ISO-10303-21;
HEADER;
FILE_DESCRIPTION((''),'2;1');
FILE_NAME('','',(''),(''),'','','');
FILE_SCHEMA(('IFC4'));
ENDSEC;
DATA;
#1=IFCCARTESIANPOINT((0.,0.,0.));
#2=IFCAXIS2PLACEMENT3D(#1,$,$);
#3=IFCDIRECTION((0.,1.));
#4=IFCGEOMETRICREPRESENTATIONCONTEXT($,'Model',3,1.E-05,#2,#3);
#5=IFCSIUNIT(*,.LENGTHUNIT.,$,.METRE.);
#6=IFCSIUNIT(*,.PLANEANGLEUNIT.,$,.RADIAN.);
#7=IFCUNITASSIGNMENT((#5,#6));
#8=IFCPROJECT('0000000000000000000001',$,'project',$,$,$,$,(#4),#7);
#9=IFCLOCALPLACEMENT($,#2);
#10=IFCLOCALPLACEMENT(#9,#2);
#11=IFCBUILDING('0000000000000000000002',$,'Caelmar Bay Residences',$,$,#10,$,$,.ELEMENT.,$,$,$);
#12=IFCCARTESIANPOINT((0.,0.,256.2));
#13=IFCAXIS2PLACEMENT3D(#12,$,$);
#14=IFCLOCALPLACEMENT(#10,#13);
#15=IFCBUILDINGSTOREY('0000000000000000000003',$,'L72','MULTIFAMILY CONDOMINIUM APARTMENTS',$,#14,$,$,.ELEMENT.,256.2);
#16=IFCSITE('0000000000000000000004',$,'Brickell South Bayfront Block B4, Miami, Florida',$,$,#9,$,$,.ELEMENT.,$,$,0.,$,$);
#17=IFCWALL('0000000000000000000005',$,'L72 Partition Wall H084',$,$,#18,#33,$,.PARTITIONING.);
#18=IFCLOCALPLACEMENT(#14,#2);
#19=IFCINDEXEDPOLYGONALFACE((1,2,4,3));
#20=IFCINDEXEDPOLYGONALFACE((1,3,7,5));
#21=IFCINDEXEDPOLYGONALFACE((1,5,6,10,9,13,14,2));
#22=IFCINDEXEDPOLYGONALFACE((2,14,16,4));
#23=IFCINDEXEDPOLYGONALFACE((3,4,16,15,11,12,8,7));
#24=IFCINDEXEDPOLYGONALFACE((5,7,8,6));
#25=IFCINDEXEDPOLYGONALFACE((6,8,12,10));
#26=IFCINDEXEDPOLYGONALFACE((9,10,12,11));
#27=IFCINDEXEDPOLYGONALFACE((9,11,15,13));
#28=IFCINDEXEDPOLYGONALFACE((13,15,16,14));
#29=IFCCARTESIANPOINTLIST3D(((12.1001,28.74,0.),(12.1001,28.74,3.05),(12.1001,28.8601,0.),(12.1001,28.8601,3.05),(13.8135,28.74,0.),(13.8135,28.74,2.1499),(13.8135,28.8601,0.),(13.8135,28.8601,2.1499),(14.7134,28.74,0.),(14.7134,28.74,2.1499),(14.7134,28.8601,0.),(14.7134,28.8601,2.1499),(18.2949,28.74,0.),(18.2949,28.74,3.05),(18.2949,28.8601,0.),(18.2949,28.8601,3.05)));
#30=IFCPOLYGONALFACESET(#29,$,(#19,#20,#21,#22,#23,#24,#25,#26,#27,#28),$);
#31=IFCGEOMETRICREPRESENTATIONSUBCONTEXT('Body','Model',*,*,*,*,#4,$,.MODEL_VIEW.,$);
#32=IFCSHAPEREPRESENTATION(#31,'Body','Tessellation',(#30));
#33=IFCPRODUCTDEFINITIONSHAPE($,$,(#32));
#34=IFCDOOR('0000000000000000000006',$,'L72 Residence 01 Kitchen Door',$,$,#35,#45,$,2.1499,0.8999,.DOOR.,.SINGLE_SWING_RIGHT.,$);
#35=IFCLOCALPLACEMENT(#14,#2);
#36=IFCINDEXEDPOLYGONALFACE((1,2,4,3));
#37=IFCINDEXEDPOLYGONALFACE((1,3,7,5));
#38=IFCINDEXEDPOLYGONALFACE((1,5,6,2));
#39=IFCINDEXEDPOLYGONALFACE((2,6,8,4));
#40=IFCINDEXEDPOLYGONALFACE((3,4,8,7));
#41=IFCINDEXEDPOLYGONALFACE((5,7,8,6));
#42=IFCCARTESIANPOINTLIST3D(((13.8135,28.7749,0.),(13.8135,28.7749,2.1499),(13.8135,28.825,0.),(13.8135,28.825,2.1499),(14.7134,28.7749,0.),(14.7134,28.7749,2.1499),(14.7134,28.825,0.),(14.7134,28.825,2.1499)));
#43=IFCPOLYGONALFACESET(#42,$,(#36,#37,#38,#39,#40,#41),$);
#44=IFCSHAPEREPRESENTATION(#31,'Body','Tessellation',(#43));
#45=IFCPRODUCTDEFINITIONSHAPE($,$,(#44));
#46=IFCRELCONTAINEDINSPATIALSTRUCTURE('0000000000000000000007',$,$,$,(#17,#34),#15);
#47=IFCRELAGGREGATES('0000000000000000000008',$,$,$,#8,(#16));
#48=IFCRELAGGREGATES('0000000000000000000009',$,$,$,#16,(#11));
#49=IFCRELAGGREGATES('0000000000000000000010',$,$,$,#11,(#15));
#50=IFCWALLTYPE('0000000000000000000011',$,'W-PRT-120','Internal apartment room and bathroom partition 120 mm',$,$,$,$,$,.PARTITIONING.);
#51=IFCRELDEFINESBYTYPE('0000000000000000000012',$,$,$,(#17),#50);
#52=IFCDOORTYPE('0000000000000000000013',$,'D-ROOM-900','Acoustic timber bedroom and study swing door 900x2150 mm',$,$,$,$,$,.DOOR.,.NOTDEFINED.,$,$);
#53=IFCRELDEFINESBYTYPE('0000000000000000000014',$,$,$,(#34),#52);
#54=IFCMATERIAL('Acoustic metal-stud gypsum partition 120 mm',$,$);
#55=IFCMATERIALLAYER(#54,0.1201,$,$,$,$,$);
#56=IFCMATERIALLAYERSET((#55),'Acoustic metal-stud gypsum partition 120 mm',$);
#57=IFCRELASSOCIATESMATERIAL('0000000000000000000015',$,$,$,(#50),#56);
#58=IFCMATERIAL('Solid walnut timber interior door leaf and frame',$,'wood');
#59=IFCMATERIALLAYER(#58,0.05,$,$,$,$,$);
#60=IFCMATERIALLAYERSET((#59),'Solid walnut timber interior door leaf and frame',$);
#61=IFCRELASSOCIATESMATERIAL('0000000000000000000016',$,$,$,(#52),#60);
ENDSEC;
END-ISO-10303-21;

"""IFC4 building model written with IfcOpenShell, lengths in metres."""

from ifc_helpers import new_model, si_unit, direction, frame, frame_2d, origin, place, context, subcontext, project, spatial, rectangle, extrude, material, layer, layer_set, type_object, element, fill, save


model = new_model("IFC4")

# Units and contexts
model_context = context("Model", 3, precision=1e-05, world=origin(), true_north=direction((0.0, 1.0)))
body_context = subcontext(model_context, "Body", "Model", "MODEL_VIEW")
ifc_project = project(units=[si_unit("LENGTHUNIT", "METRE"), si_unit("PLANEANGLEUNIT", "RADIAN")], contexts=[model_context])

# Site, building, storey
site_placement = place(None, origin())
site = spatial("IfcSite", under=ifc_project, at=site_placement, Name="Brickell South Bayfront Block B4, Miami, Florida", CompositionType="ELEMENT", RefElevation=0.0)
building_placement = place(site_placement, origin())
building = spatial("IfcBuilding", under=site, at=building_placement, Name="Caelmar Bay Residences", CompositionType="ELEMENT")
storey_placement = place(building_placement, frame((0.0, 0.0, 256.2)))
storey = spatial("IfcBuildingStorey", under=building, at=storey_placement, Name="L72", Description="MULTIFAMILY CONDOMINIUM APARTMENTS", CompositionType="ELEMENT", Elevation=256.2)

# Shared definitions
ifc_material_1 = material(Name="Acoustic metal-stud gypsum partition 120 mm")
ifc_layer_1 = layer(ifc_material_1, 0.1201)
ifc_layer_set_1 = layer_set([ifc_layer_1], Name="Acoustic metal-stud gypsum partition 120 mm")
wall_type = type_object("IfcWallType", Name="W-PRT-120", Description="Internal apartment room and bathroom partition 120 mm", PredefinedType="PARTITIONING", material=ifc_layer_set_1)
ifc_material_2 = material(Name="Solid walnut timber interior door leaf and frame", Category="wood")

# Shared definitions
ifc_layer_2 = layer(ifc_material_2, 0.05)
ifc_layer_set_2 = layer_set([ifc_layer_2], Name="Solid walnut timber interior door leaf and frame")
door_type_1 = type_object("IfcDoorType", Name="D-ROOM-900", Description="Acoustic timber bedroom and study swing door 900x2150 mm", OperationType="NOTDEFINED", PredefinedType="DOOR", material=ifc_layer_set_2)

# Wall, opening, door
wall_1_placement = place(storey_placement, frame((12.1001, 28.8, 0.0), z_axis=(0.0, 0.0, 1.0), x_axis=(1.0, 0.0, 0.0)))
wall_1 = element("IfcWall", 1, at=wall_1_placement, inside=storey, type_object=wall_type, Name="L72 Partition Wall H084", PredefinedType="PARTITIONING", context=body_context, shape_type="SweptSolid", body=[
    extrude(rectangle(XDim=6.1948, YDim=0.1201, at=frame_2d((3.0974, 0.0))), origin(), (0.0, 0.0, 1.0), 3.05),
])
opening_1_placement = place(wall_1_placement, frame((1.7134, 0.0, 0.0)))
opening_1 = element("IfcOpeningElement", 2, at=opening_1_placement, cuts=wall_1, PredefinedType="OPENING", context=body_context, shape_type="SweptSolid", body=[
    extrude(rectangle(XDim=0.8999, YDim=2.1499, at=frame_2d((0.45, 1.075))), frame((0.0, 0.0701, 0.0), z_axis=(0.0, -1.0, 0.0), x_axis=(1.0, 0.0, 0.0)), (0.0, 0.0, 1.0), 0.1401),
])
door_1_placement = place(opening_1_placement, origin())
door_1 = element("IfcDoor", 3, at=door_1_placement, inside=storey, type_object=door_type_1, Name="L72 Residence 01 Kitchen Door", OperationType="SINGLE_SWING_RIGHT", OverallHeight=2.1499, OverallWidth=0.8999, PredefinedType="DOOR", context=body_context, shape_type="SweptSolid", body=[
    extrude(rectangle(XDim=0.8999, YDim=2.1499, at=frame_2d((0.45, 1.075))), frame((0.0, 0.0249, 0.0), z_axis=(0.0, -1.0, 0.0), x_axis=(1.0, 0.0, 0.0)), (0.0, 0.0, 1.0), 0.05),
])
fill(opening_1, door_1)

save(model, "model.ifc")
